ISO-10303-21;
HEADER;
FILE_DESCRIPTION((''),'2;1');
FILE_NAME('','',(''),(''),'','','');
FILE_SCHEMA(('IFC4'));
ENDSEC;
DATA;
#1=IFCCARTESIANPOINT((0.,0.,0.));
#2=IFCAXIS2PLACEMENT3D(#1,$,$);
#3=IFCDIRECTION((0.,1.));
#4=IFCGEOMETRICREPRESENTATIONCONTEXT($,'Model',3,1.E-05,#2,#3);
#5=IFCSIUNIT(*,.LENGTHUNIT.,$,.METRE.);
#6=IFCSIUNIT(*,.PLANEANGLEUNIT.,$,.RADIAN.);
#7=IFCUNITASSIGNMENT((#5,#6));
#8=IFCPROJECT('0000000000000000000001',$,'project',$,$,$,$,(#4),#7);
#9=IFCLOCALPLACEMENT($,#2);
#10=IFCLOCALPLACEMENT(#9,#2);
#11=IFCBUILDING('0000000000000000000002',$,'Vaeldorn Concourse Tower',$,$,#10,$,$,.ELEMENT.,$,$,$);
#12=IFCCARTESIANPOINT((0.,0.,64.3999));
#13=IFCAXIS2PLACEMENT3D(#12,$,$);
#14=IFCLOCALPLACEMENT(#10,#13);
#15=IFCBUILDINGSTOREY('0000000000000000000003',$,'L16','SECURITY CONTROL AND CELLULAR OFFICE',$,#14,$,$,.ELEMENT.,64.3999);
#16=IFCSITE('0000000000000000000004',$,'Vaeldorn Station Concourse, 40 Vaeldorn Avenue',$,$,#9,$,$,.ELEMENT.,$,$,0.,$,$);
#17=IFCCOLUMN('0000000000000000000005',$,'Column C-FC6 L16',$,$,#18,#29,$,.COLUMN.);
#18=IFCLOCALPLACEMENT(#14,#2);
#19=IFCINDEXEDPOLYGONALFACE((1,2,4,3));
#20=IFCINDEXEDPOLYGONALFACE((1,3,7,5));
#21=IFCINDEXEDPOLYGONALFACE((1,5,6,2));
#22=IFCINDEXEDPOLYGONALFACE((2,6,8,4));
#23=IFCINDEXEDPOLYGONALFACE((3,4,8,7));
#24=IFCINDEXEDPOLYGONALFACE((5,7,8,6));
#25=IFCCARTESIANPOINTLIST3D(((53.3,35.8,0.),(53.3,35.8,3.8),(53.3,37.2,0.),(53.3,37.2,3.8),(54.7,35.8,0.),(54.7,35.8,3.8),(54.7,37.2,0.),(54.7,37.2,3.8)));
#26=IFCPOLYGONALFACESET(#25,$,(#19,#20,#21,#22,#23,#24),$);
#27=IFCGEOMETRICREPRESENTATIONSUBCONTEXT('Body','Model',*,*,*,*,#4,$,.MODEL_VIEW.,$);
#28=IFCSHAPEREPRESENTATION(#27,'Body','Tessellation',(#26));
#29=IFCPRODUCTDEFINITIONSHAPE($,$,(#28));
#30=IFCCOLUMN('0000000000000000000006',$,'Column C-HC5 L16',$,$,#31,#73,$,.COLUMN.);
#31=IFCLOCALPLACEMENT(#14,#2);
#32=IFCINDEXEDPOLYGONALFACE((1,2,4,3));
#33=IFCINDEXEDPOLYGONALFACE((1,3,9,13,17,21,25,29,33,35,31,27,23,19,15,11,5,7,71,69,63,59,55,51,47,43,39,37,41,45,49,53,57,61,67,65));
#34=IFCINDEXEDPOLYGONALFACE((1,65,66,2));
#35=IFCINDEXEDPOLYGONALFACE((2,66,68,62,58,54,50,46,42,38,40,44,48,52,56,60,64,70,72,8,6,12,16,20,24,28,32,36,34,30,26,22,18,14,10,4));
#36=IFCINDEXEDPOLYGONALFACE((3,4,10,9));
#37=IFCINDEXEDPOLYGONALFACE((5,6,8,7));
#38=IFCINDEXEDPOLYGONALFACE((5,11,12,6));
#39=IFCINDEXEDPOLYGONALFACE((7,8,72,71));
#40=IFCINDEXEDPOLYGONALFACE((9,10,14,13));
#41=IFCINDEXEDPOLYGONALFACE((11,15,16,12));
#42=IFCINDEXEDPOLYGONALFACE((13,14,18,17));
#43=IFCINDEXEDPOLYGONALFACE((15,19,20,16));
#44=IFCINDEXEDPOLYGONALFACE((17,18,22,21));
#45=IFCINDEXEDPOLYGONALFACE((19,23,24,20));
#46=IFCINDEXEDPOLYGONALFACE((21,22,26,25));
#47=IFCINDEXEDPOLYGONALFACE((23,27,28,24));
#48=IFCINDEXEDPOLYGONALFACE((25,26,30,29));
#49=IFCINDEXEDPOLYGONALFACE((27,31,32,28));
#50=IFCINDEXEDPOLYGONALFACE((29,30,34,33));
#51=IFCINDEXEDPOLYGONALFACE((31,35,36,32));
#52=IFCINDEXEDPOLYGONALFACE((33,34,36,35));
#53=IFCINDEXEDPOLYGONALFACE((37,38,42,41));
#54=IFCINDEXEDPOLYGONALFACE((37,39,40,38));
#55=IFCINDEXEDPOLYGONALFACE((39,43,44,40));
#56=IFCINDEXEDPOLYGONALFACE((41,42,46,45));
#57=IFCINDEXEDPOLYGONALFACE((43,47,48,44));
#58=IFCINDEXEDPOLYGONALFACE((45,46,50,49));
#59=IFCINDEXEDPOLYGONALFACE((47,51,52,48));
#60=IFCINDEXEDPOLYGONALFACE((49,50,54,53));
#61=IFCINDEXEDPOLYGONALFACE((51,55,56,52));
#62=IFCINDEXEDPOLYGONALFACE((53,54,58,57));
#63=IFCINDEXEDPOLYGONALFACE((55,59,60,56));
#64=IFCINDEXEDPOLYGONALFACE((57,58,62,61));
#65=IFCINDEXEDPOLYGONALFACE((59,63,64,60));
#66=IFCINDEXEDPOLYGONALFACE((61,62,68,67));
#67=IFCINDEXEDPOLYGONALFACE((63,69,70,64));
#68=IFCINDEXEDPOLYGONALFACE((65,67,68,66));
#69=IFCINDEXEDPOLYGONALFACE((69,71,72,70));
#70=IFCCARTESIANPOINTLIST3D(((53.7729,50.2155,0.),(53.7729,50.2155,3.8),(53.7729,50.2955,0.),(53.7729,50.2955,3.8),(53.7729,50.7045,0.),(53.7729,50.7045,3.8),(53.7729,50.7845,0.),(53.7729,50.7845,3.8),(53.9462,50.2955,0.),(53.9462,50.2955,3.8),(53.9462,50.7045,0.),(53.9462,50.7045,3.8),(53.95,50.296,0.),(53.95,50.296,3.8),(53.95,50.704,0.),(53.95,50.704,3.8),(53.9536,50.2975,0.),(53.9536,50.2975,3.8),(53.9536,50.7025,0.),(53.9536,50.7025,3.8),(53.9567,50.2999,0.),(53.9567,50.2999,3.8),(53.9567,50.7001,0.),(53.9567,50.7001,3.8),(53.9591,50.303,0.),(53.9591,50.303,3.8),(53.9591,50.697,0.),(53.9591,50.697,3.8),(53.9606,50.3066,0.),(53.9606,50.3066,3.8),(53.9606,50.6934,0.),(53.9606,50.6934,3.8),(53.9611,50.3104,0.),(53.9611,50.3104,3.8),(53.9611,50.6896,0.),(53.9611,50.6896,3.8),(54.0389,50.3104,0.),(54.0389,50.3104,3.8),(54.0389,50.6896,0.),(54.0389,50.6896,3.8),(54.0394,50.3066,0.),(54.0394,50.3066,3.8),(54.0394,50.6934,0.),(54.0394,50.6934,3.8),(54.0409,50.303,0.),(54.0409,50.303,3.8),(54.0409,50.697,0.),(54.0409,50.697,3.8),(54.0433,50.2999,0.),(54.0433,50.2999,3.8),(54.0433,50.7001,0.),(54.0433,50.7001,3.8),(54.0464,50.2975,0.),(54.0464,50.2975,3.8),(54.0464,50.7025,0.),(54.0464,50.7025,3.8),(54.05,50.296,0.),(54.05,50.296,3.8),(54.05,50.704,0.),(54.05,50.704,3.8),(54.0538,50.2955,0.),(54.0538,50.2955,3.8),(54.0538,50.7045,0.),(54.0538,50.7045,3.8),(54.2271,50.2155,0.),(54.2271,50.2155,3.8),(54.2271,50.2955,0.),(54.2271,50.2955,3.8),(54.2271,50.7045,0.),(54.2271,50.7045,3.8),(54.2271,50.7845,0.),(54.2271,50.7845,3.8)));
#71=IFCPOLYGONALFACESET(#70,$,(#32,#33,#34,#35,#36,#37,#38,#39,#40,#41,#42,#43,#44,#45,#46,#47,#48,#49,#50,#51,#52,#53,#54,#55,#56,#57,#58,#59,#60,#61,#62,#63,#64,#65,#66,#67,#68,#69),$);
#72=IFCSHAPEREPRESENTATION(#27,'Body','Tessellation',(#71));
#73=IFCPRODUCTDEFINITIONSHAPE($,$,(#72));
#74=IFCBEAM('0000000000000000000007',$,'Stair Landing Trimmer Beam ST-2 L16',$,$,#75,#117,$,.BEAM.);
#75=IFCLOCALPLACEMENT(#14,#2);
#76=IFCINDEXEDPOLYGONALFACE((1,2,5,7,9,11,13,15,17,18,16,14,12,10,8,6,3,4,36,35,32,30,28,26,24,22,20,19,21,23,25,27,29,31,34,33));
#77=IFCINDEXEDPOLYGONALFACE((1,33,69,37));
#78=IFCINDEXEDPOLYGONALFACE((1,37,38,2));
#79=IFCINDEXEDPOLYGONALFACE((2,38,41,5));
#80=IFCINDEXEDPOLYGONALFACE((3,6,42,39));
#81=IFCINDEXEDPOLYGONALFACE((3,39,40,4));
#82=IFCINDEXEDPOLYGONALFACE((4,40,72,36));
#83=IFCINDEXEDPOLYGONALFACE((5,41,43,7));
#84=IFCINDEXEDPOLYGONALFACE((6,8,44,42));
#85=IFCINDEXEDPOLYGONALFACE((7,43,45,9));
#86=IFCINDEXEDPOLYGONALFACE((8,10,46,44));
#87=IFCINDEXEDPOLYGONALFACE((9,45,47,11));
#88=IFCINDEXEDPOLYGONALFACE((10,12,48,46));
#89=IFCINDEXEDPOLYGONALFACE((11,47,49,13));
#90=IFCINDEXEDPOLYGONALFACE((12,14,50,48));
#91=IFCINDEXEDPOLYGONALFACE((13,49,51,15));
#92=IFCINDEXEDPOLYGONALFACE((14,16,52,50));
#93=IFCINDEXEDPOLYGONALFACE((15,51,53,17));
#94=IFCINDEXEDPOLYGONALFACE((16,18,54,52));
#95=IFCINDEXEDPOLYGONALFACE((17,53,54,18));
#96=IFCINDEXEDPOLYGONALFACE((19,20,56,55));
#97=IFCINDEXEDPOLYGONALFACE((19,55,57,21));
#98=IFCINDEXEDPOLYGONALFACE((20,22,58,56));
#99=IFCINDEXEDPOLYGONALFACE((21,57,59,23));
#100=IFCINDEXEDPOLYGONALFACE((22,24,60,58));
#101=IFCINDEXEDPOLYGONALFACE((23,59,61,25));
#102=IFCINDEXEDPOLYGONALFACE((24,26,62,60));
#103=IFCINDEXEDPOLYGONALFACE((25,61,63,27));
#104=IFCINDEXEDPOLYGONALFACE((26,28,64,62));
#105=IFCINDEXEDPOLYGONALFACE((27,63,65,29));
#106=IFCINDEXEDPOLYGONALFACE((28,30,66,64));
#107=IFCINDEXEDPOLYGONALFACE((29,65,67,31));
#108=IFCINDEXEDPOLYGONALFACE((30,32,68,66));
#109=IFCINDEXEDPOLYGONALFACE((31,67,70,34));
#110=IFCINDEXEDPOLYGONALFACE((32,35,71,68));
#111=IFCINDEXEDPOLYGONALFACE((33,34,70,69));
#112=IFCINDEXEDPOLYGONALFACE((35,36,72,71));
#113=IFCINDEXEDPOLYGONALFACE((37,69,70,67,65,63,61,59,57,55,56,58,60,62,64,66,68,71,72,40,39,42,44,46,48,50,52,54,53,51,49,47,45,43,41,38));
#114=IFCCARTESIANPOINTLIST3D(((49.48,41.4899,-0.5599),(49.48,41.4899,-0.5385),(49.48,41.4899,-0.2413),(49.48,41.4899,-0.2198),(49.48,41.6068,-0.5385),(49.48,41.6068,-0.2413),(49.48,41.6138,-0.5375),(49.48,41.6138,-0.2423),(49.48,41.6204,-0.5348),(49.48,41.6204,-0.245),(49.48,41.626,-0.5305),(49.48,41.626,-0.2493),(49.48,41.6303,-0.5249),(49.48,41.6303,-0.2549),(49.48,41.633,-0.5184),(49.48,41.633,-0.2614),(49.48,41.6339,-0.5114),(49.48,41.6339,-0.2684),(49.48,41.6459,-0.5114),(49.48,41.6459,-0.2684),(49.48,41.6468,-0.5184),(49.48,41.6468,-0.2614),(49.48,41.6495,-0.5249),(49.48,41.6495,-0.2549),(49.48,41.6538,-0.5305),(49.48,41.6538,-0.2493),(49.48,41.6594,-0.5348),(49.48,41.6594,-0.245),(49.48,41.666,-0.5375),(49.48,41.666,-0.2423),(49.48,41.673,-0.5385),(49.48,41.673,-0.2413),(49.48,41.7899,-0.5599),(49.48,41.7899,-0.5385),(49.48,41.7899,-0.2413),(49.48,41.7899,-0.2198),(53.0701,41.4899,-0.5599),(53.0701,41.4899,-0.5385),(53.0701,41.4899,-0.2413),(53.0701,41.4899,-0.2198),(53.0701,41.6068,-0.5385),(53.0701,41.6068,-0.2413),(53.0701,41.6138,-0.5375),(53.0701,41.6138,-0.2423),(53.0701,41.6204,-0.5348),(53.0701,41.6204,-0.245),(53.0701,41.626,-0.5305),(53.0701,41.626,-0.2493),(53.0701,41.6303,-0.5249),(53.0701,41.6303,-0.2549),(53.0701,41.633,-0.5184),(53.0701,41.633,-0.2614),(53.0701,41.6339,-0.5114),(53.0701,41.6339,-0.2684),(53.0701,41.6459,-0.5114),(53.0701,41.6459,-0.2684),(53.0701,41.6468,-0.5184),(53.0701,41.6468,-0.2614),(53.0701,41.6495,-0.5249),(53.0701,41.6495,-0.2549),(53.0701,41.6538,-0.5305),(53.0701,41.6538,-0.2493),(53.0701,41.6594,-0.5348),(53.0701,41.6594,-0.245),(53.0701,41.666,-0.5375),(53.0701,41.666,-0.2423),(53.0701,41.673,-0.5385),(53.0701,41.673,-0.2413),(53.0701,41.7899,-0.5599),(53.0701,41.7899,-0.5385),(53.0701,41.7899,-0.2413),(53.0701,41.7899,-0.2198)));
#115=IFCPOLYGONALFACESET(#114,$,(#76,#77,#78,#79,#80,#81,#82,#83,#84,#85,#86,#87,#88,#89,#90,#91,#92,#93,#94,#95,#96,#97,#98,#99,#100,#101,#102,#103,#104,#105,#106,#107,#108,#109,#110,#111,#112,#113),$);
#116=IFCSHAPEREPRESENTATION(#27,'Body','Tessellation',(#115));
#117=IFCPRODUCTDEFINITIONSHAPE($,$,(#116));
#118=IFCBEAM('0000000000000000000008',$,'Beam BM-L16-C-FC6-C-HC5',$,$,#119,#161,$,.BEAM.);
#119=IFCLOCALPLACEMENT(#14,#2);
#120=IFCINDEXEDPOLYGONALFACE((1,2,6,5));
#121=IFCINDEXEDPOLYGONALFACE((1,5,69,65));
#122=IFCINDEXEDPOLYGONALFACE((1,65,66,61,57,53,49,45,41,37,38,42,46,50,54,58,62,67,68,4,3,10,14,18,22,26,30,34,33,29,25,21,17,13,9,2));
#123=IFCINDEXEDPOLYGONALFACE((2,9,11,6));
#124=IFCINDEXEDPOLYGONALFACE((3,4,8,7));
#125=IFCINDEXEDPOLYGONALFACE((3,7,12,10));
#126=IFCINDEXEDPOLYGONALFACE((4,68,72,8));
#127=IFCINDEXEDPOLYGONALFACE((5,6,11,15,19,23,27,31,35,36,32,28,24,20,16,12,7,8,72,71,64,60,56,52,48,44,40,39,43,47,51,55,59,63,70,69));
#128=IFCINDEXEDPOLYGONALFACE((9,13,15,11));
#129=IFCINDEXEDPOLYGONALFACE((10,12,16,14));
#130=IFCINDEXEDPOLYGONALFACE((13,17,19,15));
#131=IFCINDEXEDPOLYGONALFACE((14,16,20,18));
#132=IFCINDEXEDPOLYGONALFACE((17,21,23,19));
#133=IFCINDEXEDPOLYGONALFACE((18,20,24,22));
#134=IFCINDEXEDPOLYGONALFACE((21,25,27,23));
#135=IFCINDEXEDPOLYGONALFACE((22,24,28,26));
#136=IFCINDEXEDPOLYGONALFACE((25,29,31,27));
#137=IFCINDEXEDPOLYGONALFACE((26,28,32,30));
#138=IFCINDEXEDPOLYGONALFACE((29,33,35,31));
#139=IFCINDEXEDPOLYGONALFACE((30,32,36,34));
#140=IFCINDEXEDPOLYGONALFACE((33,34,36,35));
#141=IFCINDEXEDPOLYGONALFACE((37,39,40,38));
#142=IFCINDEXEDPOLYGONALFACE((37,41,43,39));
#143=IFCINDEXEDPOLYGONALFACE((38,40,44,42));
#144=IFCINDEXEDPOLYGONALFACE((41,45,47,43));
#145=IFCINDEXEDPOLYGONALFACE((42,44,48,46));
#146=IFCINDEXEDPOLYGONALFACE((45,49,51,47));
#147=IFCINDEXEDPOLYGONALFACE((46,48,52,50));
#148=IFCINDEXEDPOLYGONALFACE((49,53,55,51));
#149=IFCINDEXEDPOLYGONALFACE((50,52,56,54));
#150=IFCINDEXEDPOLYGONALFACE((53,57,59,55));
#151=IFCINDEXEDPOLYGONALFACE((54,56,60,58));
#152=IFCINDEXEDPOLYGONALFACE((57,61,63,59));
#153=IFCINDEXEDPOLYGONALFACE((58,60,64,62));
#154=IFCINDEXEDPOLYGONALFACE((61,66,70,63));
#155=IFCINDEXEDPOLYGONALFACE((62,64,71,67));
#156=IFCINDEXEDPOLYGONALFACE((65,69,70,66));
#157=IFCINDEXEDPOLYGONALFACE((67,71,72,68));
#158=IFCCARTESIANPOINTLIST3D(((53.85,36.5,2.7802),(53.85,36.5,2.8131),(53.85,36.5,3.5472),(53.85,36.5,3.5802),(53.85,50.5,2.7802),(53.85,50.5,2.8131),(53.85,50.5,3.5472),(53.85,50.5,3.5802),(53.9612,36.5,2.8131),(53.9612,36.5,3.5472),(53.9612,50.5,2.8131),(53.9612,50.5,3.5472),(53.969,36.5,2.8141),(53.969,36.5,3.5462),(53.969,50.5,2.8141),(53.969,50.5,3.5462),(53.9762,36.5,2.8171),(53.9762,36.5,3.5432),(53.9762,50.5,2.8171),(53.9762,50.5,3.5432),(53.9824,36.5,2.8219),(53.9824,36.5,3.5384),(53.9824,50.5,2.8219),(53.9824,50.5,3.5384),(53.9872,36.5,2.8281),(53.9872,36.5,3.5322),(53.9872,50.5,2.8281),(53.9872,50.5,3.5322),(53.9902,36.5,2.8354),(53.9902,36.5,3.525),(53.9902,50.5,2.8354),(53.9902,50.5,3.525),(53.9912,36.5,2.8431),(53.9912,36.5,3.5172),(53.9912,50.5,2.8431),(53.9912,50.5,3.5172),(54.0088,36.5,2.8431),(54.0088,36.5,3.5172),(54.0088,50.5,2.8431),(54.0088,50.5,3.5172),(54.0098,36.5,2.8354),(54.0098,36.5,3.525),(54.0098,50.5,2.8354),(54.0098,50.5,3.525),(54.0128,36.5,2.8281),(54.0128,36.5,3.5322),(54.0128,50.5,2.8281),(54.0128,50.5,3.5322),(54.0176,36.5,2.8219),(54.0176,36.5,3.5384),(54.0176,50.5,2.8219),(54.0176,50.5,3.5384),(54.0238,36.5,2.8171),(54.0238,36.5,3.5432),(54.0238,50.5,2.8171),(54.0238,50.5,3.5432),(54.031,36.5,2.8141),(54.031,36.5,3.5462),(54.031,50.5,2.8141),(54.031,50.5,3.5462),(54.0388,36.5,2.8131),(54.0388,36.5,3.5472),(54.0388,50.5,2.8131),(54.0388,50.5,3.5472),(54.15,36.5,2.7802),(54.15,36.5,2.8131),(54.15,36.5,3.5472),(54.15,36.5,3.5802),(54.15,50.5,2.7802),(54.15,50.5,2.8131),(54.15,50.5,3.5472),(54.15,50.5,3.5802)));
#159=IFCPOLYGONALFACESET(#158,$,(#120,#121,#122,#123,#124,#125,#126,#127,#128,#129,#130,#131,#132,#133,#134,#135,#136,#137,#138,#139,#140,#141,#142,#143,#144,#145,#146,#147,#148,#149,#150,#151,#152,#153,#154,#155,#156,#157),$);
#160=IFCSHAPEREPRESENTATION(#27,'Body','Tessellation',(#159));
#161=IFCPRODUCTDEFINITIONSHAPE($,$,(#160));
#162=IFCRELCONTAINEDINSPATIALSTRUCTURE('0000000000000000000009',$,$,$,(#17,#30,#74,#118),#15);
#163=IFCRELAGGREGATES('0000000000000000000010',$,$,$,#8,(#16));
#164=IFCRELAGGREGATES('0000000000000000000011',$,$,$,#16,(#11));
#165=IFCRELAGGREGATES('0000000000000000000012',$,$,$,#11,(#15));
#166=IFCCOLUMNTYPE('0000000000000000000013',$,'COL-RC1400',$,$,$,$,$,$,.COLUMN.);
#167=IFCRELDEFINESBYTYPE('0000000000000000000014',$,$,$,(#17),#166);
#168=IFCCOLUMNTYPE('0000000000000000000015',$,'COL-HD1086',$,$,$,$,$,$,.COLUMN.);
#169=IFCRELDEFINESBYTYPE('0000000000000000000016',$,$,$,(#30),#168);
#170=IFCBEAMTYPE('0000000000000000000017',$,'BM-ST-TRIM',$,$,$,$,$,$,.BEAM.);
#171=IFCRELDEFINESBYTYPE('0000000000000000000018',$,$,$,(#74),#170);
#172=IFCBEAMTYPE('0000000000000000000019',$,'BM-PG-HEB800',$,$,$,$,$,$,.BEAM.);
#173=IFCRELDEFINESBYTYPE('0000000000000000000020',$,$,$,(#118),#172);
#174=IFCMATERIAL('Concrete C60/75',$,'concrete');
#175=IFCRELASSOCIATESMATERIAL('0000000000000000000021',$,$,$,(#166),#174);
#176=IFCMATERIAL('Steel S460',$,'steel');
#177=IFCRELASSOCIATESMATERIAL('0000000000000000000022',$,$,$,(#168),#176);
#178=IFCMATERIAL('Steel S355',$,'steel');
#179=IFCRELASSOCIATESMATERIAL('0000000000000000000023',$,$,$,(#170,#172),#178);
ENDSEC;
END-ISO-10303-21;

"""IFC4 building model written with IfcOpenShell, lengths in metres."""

from ifc_helpers import new_model, si_unit, direction, frame, origin, origin_2d, place, context, subcontext, project, spatial, rectangle, i_section, extrude, source, transform, mapped, material, material_profile, profile_set, type_object, element, save


model = new_model("IFC4")

# Units and contexts
model_context = context("Model", 3, precision=1e-05, world=origin(), true_north=direction((0.0, 1.0)))
body_context = subcontext(model_context, "Body", "Model", "MODEL_VIEW")
ifc_project = project(units=[si_unit("LENGTHUNIT", "METRE"), si_unit("PLANEANGLEUNIT", "RADIAN")], contexts=[model_context])

# Site, building, storey
site_placement = place(None, origin())
site = spatial("IfcSite", under=ifc_project, at=site_placement, Name="Vaeldorn Station Concourse, 40 Vaeldorn Avenue", CompositionType="ELEMENT", RefElevation=0.0)
building_placement = place(site_placement, origin())
building = spatial("IfcBuilding", under=site, at=building_placement, Name="Vaeldorn Concourse Tower", CompositionType="ELEMENT")
storey_placement = place(building_placement, frame((0.0, 0.0, 64.3999)))
storey = spatial("IfcBuildingStorey", under=building, at=storey_placement, Name="L16", Description="SECURITY CONTROL AND CELLULAR OFFICE", CompositionType="ELEMENT", Elevation=64.3999)

# Columns
ifc_material_1 = material(Name="Concrete C60/75", Category="concrete")
ifc_material_profile_1 = material_profile(ifc_material_1, rectangle(XDim=1.3999, YDim=1.3999, at=origin_2d()), Name="RC 1400x1400")
ifc_profile_set_1 = profile_set([ifc_material_profile_1], Name="Concrete C60/75")
column_type_1 = type_object("IfcColumnType", Name="COL-RC1400", PredefinedType="COLUMN", material=ifc_profile_set_1)
shared_shape_1 = source(origin(), body_context, "Body", "SweptSolid", [
    extrude(rectangle(XDim=1.3999, YDim=1.3999, at=origin_2d()), origin(), (0.0, 0.0, 1.0), 3.8),
])
column_1_placement = place(storey_placement, frame((54.0, 36.5, 0.0), z_axis=(0.0, 0.0, 1.0), x_axis=(1.0, 0.0, 0.0)))
element("IfcColumn", 1, at=column_1_placement, inside=storey, type_object=column_type_1, Name="Column C-FC6 L16", PredefinedType="COLUMN", context=body_context, shape_type="MappedRepresentation", body=[
    mapped(shared_shape_1, transform((0.0, 0.0, 0.0), scale=1.0)),
])
ifc_material_2 = material(Name="Steel S460", Category="steel")
ifc_material_profile_2 = material_profile(ifc_material_2, i_section(OverallWidth=0.4541, OverallDepth=0.5691, WebThickness=0.0779, FlangeThickness=0.0801, FilletRadius=0.0149, at=origin_2d()), Name="HD 400x1086")
ifc_profile_set_2 = profile_set([ifc_material_profile_2], Name="Steel S460")
column_type_2 = type_object("IfcColumnType", Name="COL-HD1086", PredefinedType="COLUMN", material=ifc_profile_set_2)
shared_shape_2 = source(origin(), body_context, "Body", "SweptSolid", [
    extrude(i_section(OverallWidth=0.4541, OverallDepth=0.5691, WebThickness=0.0779, FlangeThickness=0.0801, FilletRadius=0.0149, at=origin_2d()), origin(), (0.0, 0.0, 1.0), 3.8),
])
column_2_placement = place(storey_placement, frame((54.0, 50.5, 0.0), z_axis=(0.0, 0.0, 1.0), x_axis=(1.0, 0.0, 0.0)))
element("IfcColumn", 2, at=column_2_placement, inside=storey, type_object=column_type_2, Name="Column C-HC5 L16", PredefinedType="COLUMN", context=body_context, shape_type="MappedRepresentation", body=[
    mapped(shared_shape_2, transform((0.0, 0.0, 0.0), scale=1.0)),
])

# Beams
ifc_material_3 = material(Name="Steel S355", Category="steel")
ifc_material_profile_3 = material_profile(ifc_material_3, i_section(OverallWidth=0.3, OverallDepth=0.3401, WebThickness=0.012, FlangeThickness=0.0215, FilletRadius=0.0271, at=origin_2d()), Name="HEB 340")
ifc_profile_set_3 = profile_set([ifc_material_profile_3], Name="Steel S355")
beam_type_1 = type_object("IfcBeamType", Name="BM-ST-TRIM", PredefinedType="BEAM", material=ifc_profile_set_3)
shared_shape_3 = source(origin(), body_context, "Body", "SweptSolid", [
    extrude(i_section(OverallWidth=0.3, OverallDepth=0.3401, WebThickness=0.012, FlangeThickness=0.0215, FilletRadius=0.0271, at=origin_2d()), origin(), (0.0, 0.0, 1.0), 3.5901),
])
beam_1_placement = place(storey_placement, frame((49.48, 41.6399, -0.3899), z_axis=(1.0, 0.0, 0.0), x_axis=(0.0, 1.0, 0.0)))
element("IfcBeam", 3, at=beam_1_placement, inside=storey, type_object=beam_type_1, Name="Stair Landing Trimmer Beam ST-2 L16", PredefinedType="BEAM", context=body_context, shape_type="MappedRepresentation", body=[
    mapped(shared_shape_3, transform((0.0, 0.0, 0.0), scale=1.0)),
])
ifc_material_profile_4 = material_profile(ifc_material_3, i_section(OverallWidth=0.3, OverallDepth=0.8, WebThickness=0.0176, FlangeThickness=0.033, FilletRadius=0.03, at=origin_2d()), Name="HEB 800")
ifc_profile_set_4 = profile_set([ifc_material_profile_4], Name="Steel S355")
beam_type_2 = type_object("IfcBeamType", Name="BM-PG-HEB800", PredefinedType="BEAM", material=ifc_profile_set_4)
shared_shape_4 = source(origin(), body_context, "Body", "SweptSolid", [
    extrude(i_section(OverallWidth=0.3, OverallDepth=0.8, WebThickness=0.0176, FlangeThickness=0.033, FilletRadius=0.03, at=origin_2d()), origin(), (0.0, 0.0, 1.0), 14.0),
])
beam_2_placement = place(storey_placement, frame((54.0, 36.5, 3.1802), z_axis=(0.0, 1.0, 0.0), x_axis=(-1.0, 0.0, 0.0)))
element("IfcBeam", 4, at=beam_2_placement, inside=storey, type_object=beam_type_2, Name="Beam BM-L16-C-FC6-C-HC5", PredefinedType="BEAM", context=body_context, shape_type="MappedRepresentation", body=[
    mapped(shared_shape_4, transform((0.0, 0.0, 0.0), scale=1.0)),
])

save(model, "model.ifc")
